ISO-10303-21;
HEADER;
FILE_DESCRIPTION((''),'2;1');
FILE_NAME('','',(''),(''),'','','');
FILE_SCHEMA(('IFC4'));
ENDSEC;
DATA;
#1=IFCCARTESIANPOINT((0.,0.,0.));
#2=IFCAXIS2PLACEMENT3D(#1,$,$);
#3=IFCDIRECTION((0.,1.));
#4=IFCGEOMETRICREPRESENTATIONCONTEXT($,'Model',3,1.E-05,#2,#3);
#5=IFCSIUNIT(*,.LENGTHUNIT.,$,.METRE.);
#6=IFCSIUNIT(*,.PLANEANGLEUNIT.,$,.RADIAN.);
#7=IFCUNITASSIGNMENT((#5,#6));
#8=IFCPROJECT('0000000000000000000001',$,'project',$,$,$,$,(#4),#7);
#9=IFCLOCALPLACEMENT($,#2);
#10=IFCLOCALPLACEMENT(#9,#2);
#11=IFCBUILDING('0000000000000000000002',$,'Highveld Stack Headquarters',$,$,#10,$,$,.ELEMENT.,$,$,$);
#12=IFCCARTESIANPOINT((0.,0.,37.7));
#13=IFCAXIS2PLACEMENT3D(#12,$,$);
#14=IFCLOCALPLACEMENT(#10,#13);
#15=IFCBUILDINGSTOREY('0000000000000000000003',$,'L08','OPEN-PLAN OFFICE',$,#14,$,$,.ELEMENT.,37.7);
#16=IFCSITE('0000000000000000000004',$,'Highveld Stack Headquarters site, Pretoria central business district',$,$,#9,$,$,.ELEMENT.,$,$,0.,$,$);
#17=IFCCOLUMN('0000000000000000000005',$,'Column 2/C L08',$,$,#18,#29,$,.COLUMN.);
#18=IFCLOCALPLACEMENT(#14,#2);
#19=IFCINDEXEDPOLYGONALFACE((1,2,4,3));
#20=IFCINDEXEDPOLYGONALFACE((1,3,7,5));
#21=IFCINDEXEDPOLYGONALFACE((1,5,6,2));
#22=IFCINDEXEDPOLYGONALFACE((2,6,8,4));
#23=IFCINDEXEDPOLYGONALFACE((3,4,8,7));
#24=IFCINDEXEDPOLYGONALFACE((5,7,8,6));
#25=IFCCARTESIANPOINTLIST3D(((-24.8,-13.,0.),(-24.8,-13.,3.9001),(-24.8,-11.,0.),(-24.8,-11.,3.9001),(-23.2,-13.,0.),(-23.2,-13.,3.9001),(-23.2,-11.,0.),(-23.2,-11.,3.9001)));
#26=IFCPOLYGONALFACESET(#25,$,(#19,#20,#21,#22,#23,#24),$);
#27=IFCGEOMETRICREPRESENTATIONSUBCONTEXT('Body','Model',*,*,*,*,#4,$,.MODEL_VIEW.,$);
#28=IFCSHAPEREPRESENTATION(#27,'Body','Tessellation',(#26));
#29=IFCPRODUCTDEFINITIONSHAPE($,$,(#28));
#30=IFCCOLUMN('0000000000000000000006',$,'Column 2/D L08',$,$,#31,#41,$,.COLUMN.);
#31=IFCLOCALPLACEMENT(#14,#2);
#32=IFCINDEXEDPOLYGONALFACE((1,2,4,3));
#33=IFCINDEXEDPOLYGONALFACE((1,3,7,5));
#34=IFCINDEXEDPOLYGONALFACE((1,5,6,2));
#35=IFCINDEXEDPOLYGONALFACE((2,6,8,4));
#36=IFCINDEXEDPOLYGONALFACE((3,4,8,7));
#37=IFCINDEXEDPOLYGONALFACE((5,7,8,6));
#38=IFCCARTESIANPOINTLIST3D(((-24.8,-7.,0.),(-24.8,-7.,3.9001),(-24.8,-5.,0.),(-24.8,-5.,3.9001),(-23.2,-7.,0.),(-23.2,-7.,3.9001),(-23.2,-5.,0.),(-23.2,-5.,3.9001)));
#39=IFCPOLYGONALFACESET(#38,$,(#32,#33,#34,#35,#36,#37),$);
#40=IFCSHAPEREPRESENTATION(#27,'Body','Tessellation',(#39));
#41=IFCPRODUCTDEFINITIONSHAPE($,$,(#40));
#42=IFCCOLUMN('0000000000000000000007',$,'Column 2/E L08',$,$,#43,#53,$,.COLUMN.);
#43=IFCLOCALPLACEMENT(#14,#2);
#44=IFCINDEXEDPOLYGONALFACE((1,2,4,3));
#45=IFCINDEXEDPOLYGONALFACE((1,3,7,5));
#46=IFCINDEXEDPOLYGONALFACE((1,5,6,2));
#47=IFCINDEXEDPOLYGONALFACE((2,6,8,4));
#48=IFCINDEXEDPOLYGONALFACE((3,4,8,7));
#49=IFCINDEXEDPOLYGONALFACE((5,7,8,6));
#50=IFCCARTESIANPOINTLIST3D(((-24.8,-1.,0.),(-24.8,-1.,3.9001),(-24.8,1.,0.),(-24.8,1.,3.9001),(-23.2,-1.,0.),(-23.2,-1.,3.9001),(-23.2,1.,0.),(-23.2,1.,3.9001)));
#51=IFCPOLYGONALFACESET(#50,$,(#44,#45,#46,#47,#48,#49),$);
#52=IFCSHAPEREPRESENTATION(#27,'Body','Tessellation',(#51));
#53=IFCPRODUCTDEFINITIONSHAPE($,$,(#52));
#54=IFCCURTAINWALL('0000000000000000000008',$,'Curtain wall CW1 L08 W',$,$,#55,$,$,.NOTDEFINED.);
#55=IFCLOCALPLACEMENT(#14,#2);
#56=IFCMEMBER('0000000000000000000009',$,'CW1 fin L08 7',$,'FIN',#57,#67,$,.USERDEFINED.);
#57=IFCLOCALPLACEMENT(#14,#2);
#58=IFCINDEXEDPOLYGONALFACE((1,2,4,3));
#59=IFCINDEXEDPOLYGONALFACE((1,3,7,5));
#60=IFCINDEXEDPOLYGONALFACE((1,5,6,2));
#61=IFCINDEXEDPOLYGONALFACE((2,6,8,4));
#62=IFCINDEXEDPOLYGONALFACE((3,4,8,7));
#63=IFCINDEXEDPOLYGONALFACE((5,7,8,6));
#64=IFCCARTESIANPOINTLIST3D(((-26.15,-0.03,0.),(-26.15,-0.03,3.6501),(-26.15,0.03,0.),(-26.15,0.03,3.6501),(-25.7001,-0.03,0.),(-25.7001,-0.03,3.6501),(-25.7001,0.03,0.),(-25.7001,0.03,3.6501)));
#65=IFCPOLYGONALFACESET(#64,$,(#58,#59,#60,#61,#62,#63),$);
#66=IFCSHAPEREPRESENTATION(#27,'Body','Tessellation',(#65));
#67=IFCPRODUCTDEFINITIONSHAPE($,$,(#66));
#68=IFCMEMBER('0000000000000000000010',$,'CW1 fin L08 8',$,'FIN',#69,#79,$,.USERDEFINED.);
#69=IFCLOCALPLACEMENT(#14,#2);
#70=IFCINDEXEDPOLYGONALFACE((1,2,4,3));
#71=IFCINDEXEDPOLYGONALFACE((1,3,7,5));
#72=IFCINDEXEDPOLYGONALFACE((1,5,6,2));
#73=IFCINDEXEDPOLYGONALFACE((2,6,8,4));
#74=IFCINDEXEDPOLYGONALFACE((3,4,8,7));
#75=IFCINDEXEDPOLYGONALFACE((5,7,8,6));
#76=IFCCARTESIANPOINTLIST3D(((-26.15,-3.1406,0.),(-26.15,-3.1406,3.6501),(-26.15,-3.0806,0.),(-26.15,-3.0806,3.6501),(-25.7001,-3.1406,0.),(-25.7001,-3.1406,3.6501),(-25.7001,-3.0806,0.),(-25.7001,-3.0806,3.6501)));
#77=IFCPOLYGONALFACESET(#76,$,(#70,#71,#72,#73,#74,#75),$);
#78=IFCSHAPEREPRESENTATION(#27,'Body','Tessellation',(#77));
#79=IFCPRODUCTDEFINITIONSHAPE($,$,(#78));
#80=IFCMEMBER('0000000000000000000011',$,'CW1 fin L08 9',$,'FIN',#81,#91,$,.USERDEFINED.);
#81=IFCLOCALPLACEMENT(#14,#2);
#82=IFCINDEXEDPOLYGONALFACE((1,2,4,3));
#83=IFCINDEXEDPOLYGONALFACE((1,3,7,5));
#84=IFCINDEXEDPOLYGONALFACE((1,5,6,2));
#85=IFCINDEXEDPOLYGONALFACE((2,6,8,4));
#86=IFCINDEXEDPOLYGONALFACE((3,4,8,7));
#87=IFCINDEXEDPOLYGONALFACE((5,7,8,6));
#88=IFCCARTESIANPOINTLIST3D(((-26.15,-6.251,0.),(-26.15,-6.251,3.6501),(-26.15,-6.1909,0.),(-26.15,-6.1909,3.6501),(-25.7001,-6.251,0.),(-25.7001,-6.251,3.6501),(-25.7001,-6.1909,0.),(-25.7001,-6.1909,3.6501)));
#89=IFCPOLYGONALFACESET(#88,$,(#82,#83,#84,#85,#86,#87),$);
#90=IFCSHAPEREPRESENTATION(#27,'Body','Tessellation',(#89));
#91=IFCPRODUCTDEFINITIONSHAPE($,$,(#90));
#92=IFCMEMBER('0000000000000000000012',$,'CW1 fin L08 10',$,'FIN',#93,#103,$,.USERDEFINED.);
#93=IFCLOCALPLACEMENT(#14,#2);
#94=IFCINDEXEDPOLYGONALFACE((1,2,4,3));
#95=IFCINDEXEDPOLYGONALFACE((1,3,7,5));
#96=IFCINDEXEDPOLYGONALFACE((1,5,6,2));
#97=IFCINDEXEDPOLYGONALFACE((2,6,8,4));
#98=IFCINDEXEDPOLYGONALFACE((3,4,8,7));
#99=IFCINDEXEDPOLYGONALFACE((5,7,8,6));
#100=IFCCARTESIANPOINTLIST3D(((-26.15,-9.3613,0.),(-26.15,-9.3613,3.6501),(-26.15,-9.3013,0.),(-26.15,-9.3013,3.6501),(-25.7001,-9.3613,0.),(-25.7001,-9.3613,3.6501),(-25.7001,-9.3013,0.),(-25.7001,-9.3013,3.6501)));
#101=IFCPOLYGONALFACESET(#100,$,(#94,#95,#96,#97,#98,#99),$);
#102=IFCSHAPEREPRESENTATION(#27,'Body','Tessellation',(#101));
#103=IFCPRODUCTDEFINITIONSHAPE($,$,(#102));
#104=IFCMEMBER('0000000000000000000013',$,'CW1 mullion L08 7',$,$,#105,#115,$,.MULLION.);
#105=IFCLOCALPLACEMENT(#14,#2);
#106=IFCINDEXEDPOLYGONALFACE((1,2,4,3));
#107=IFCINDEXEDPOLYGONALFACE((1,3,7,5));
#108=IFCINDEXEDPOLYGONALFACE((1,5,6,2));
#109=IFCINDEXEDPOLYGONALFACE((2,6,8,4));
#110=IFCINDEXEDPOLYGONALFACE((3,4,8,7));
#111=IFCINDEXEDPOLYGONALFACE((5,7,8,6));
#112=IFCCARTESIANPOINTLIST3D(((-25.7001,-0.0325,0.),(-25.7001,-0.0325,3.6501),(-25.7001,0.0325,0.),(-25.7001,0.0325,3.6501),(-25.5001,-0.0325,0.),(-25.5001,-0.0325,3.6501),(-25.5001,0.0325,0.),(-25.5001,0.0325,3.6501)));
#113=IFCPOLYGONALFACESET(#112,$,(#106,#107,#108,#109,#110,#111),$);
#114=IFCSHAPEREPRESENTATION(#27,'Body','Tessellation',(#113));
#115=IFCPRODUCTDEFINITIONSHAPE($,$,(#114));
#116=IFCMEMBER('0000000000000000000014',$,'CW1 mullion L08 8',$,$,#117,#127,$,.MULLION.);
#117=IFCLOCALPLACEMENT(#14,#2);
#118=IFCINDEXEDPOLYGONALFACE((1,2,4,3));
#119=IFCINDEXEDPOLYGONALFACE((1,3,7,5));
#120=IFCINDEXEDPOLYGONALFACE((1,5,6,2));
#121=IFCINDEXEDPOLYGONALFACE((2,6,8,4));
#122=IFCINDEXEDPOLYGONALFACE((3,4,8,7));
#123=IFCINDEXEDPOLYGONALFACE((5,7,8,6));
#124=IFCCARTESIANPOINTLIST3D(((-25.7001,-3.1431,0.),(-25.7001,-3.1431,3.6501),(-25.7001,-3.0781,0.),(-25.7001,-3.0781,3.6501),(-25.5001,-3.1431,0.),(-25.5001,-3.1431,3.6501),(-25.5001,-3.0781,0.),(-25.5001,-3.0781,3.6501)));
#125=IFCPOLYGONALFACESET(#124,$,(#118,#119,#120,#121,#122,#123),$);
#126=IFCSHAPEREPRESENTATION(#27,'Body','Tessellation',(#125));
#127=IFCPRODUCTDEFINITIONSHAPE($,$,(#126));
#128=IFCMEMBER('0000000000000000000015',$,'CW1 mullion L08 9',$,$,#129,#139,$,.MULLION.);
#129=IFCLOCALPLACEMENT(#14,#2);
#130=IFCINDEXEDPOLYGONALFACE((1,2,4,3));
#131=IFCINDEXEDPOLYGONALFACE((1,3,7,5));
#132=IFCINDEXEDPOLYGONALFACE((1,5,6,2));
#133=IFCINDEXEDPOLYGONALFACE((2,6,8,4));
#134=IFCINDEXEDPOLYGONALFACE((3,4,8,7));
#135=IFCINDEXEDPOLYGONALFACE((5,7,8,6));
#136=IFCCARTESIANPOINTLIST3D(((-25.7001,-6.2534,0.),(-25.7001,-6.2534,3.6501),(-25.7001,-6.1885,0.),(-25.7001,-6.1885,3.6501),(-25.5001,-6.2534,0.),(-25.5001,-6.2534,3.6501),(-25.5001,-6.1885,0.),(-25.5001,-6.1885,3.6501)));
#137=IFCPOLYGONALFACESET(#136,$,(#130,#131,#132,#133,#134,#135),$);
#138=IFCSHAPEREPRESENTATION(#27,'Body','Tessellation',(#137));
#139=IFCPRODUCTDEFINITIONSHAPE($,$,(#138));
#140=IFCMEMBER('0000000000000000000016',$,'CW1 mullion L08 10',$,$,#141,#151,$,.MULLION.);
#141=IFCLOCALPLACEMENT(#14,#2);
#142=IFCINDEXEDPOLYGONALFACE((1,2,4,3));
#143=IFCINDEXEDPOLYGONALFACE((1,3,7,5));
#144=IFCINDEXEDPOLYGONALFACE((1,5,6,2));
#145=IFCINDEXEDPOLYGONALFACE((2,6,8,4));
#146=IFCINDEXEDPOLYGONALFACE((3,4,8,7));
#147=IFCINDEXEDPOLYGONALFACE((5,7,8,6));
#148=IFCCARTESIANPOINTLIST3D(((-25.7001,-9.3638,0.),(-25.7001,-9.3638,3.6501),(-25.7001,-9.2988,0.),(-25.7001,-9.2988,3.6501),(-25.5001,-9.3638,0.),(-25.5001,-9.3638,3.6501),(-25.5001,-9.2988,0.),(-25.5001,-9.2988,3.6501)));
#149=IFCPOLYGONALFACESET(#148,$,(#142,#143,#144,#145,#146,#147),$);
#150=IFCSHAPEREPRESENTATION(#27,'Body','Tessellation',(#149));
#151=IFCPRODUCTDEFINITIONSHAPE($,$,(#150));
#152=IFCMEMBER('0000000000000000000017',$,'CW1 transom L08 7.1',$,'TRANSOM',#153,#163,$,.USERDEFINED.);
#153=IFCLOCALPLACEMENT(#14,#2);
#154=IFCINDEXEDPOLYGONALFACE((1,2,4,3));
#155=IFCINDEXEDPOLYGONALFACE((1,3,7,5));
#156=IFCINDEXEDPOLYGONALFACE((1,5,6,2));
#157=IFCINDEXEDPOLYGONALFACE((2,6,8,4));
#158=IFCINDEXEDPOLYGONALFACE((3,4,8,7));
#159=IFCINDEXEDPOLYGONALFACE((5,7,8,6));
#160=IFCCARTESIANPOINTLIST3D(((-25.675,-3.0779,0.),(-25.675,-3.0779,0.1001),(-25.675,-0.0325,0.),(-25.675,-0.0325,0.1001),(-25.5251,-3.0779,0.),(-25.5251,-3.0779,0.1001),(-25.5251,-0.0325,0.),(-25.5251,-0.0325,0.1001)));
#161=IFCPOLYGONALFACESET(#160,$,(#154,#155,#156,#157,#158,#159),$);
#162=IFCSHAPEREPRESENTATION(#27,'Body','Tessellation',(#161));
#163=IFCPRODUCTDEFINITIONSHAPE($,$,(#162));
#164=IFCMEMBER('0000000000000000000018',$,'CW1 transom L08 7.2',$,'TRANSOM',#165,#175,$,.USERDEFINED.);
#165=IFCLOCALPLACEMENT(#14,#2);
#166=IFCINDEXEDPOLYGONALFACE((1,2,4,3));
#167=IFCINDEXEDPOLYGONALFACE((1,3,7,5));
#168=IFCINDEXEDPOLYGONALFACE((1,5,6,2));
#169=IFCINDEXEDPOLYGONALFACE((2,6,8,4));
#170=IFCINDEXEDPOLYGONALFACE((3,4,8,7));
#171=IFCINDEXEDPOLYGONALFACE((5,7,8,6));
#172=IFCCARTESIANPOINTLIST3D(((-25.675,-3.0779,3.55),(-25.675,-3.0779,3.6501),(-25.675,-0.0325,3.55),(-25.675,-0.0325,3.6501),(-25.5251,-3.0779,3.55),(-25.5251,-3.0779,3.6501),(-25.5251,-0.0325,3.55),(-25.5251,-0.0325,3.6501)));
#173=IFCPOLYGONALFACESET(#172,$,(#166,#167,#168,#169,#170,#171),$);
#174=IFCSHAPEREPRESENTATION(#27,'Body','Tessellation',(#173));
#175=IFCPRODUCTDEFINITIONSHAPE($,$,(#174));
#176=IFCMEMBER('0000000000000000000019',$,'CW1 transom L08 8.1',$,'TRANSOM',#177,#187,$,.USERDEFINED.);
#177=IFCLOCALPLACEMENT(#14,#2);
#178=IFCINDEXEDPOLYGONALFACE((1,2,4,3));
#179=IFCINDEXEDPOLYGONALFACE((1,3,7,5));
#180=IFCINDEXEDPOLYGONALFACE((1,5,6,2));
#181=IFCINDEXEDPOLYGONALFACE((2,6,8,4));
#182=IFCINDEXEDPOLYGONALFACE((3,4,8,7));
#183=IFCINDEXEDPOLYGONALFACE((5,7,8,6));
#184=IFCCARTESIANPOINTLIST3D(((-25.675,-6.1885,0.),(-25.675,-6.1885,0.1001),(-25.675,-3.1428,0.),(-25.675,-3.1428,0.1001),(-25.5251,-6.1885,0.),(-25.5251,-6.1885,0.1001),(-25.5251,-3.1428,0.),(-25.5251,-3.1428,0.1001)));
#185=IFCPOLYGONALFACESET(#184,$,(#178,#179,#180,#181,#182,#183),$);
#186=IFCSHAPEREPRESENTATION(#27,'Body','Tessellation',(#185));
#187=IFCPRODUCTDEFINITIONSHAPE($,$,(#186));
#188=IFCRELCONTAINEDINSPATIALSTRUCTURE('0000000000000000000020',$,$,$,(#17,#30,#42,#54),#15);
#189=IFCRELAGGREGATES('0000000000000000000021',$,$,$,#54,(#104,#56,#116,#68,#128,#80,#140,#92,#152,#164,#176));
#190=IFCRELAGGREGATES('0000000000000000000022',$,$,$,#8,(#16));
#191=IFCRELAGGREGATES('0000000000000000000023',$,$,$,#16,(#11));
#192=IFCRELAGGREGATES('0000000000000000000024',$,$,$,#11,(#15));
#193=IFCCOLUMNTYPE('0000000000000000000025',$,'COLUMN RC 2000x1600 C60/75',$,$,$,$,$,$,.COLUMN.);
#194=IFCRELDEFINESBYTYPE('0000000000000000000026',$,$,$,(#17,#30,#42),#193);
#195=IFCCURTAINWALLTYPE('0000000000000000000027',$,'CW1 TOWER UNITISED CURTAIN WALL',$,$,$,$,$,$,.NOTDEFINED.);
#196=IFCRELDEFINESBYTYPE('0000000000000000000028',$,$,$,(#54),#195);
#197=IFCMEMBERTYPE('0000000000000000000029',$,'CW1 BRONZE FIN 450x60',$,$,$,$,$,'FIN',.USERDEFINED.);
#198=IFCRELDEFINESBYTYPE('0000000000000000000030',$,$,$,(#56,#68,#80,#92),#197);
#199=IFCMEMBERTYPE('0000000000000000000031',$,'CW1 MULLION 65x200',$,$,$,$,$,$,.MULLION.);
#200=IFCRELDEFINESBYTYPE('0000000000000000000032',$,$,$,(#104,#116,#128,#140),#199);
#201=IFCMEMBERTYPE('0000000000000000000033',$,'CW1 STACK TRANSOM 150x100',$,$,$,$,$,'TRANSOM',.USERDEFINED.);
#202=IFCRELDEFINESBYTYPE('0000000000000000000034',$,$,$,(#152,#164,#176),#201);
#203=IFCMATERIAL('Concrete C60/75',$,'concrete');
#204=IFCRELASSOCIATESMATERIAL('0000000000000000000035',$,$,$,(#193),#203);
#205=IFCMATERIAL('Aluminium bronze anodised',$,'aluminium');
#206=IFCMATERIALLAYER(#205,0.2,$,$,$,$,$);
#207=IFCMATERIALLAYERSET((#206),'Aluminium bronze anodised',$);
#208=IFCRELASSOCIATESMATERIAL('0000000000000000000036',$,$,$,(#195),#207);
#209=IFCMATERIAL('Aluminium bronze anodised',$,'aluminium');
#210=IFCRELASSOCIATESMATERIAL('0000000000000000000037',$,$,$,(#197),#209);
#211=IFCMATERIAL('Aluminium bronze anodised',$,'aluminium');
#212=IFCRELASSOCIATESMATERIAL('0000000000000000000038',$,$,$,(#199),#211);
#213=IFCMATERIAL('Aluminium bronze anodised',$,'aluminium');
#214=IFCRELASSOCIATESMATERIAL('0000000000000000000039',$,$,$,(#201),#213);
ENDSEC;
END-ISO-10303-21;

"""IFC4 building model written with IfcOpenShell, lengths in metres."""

from ifc_helpers import new_model, si_unit, direction, frame, origin, origin_2d, place, context, subcontext, project, spatial, rectangle, extrude, material, layer, layer_set, material_profile, profile_set, type_object, element, aggregate, save


model = new_model("IFC4")

# Units and contexts
model_context = context("Model", 3, precision=1e-05, world=origin(), true_north=direction((0.0, 1.0)))
body_context = subcontext(model_context, "Body", "Model", "MODEL_VIEW")
ifc_project = project(units=[si_unit("LENGTHUNIT", "METRE"), si_unit("PLANEANGLEUNIT", "RADIAN")], contexts=[model_context])

# Site, building, storey
site_placement = place(None, origin())
site = spatial("IfcSite", under=ifc_project, at=site_placement, Name="Highveld Stack Headquarters site, Pretoria central business district", CompositionType="ELEMENT", RefElevation=0.0)
building_placement = place(site_placement, origin())
building = spatial("IfcBuilding", under=site, at=building_placement, Name="Highveld Stack Headquarters", CompositionType="ELEMENT")
storey_placement = place(building_placement, frame((0.0, 0.0, 37.7)))
storey = spatial("IfcBuildingStorey", under=building, at=storey_placement, Name="L08", Description="OPEN-PLAN OFFICE", CompositionType="ELEMENT", Elevation=37.7)

# Columns
ifc_material_1 = material(Name="Concrete C60/75", Category="concrete")
ifc_material_profile_1 = material_profile(ifc_material_1, rectangle(XDim=2.0, YDim=1.6001, at=origin_2d()), Name="RC 2000x1600")
ifc_profile_set_1 = profile_set([ifc_material_profile_1], Name="Concrete C60/75")
column_type = type_object("IfcColumnType", Name="COLUMN RC 2000x1600 C60/75", PredefinedType="COLUMN", material=ifc_profile_set_1)
for number, where, z_axis, x_axis, name in (
    (1, (-24.0, -12.0, 0.0), (0.0, 0.0, 1.0), (0.0, 1.0, 0.0), "Column 2/C L08"),
    (2, (-24.0, -6.0, 0.0), (0.0, 0.0, 1.0), (0.0, 1.0, 0.0), "Column 2/D L08"),
    (3, (-24.0, 0.0, 0.0), (0.0, 0.0, 1.0), (0.0, 1.0, 0.0), "Column 2/E L08"),
):
    element("IfcColumn", number, at=place(storey_placement, frame(where, z_axis=z_axis, x_axis=x_axis)), inside=storey, type_object=column_type, Name=name, PredefinedType="COLUMN", context=body_context, shape_type="SweptSolid", body=[
        extrude(rectangle(XDim=2.0, YDim=1.6001, at=origin_2d()), origin(), (0.0, 0.0, 1.0), 3.9001),
    ])

# Curtain wall, members
ifc_material_2 = material(Name="Aluminium bronze anodised", Category="aluminium")
ifc_layer_1 = layer(ifc_material_2, 0.2)
ifc_layer_set_1 = layer_set([ifc_layer_1], Name="Aluminium bronze anodised")
curtain_wall_type = type_object("IfcCurtainWallType", Name="CW1 TOWER UNITISED CURTAIN WALL", PredefinedType="NOTDEFINED", material=ifc_layer_set_1)
curtain_wall_placement = place(storey_placement, origin())
curtain_wall = element("IfcCurtainWall", 4, at=curtain_wall_placement, inside=storey, type_object=curtain_wall_type, Name="Curtain wall CW1 L08 W", PredefinedType="NOTDEFINED")
ifc_material_3 = material(Name="Aluminium bronze anodised", Category="aluminium")
ifc_material_profile_2 = material_profile(ifc_material_3, rectangle(XDim=0.45, YDim=0.0601, at=origin_2d()), Name="FIN 450x60")
ifc_profile_set_2 = profile_set([ifc_material_profile_2], Name="Aluminium bronze anodised")
member_type_1 = type_object("IfcMemberType", Name="CW1 BRONZE FIN 450x60", ElementType="FIN", PredefinedType="USERDEFINED", material=ifc_profile_set_2)
member_1_placement = place(storey_placement, frame((-25.925, 0.0, 0.0), z_axis=(0.0, 0.0, 1.0), x_axis=(1.0, 0.0, 0.0)))
member_1 = element("IfcMember", 5, at=member_1_placement, type_object=member_type_1, Name="CW1 fin L08 7", ObjectType="FIN", PredefinedType="USERDEFINED", context=body_context, shape_type="SweptSolid", body=[
    extrude(rectangle(XDim=0.45, YDim=0.0601, at=origin_2d()), origin(), (0.0, 0.0, 1.0), 3.6501),
])
member_2_placement = place(storey_placement, frame((-25.925, -3.1106, 0.0), z_axis=(0.0, 0.0, 1.0), x_axis=(1.0, 0.0, 0.0)))
member_2 = element("IfcMember", 6, at=member_2_placement, type_object=member_type_1, Name="CW1 fin L08 8", ObjectType="FIN", PredefinedType="USERDEFINED", context=body_context, shape_type="SweptSolid", body=[
    extrude(rectangle(XDim=0.45, YDim=0.0601, at=origin_2d()), origin(), (0.0, 0.0, 1.0), 3.6501),
])
member_3_placement = place(storey_placement, frame((-25.925, -6.2209, 0.0), z_axis=(0.0, 0.0, 1.0), x_axis=(1.0, 0.0, 0.0)))
member_3 = element("IfcMember", 7, at=member_3_placement, type_object=member_type_1, Name="CW1 fin L08 9", ObjectType="FIN", PredefinedType="USERDEFINED", context=body_context, shape_type="SweptSolid", body=[
    extrude(rectangle(XDim=0.45, YDim=0.0601, at=origin_2d()), origin(), (0.0, 0.0, 1.0), 3.6501),
])
member_4_placement = place(storey_placement, frame((-25.925, -9.3313, 0.0), z_axis=(0.0, 0.0, 1.0), x_axis=(1.0, 0.0, 0.0)))
member_4 = element("IfcMember", 8, at=member_4_placement, type_object=member_type_1, Name="CW1 fin L08 10", ObjectType="FIN", PredefinedType="USERDEFINED", context=body_context, shape_type="SweptSolid", body=[
    extrude(rectangle(XDim=0.45, YDim=0.0601, at=origin_2d()), origin(), (0.0, 0.0, 1.0), 3.6501),
])
ifc_material_4 = material(Name="Aluminium bronze anodised", Category="aluminium")
ifc_material_profile_3 = material_profile(ifc_material_4, rectangle(XDim=0.2, YDim=0.0649, at=origin_2d()), Name="CW1 MULLION 65x200")
ifc_profile_set_3 = profile_set([ifc_material_profile_3], Name="Aluminium bronze anodised")
member_type_2 = type_object("IfcMemberType", Name="CW1 MULLION 65x200", PredefinedType="MULLION", material=ifc_profile_set_3)
member_5_placement = place(storey_placement, frame((-25.6001, 0.0, 0.0), z_axis=(0.0, 0.0, 1.0), x_axis=(1.0, 0.0, 0.0)))
member_5 = element("IfcMember", 9, at=member_5_placement, type_object=member_type_2, Name="CW1 mullion L08 7", PredefinedType="MULLION", context=body_context, shape_type="SweptSolid", body=[
    extrude(rectangle(XDim=0.2, YDim=0.0649, at=origin_2d()), origin(), (0.0, 0.0, 1.0), 3.6501),
])
member_6_placement = place(storey_placement, frame((-25.6001, -3.1106, 0.0), z_axis=(0.0, 0.0, 1.0), x_axis=(1.0, 0.0, 0.0)))
member_6 = element("IfcMember", 10, at=member_6_placement, type_object=member_type_2, Name="CW1 mullion L08 8", PredefinedType="MULLION", context=body_context, shape_type="SweptSolid", body=[
    extrude(rectangle(XDim=0.2, YDim=0.0649, at=origin_2d()), origin(), (0.0, 0.0, 1.0), 3.6501),
])
member_7_placement = place(storey_placement, frame((-25.6001, -6.2209, 0.0), z_axis=(0.0, 0.0, 1.0), x_axis=(1.0, 0.0, 0.0)))
member_7 = element("IfcMember", 11, at=member_7_placement, type_object=member_type_2, Name="CW1 mullion L08 9", PredefinedType="MULLION", context=body_context, shape_type="SweptSolid", body=[
    extrude(rectangle(XDim=0.2, YDim=0.0649, at=origin_2d()), origin(), (0.0, 0.0, 1.0), 3.6501),
])
member_8_placement = place(storey_placement, frame((-25.6001, -9.3313, 0.0), z_axis=(0.0, 0.0, 1.0), x_axis=(1.0, 0.0, 0.0)))
member_8 = element("IfcMember", 12, at=member_8_placement, type_object=member_type_2, Name="CW1 mullion L08 10", PredefinedType="MULLION", context=body_context, shape_type="SweptSolid", body=[
    extrude(rectangle(XDim=0.2, YDim=0.0649, at=origin_2d()), origin(), (0.0, 0.0, 1.0), 3.6501),
])
ifc_material_5 = material(Name="Aluminium bronze anodised", Category="aluminium")
ifc_material_profile_4 = material_profile(ifc_material_5, rectangle(XDim=0.1499, YDim=0.1001, at=origin_2d()), Name="CW1 TRANSOM 150x100")
ifc_profile_set_4 = profile_set([ifc_material_profile_4], Name="Aluminium bronze anodised")
member_type_3 = type_object("IfcMemberType", Name="CW1 STACK TRANSOM 150x100", ElementType="TRANSOM", PredefinedType="USERDEFINED", material=ifc_profile_set_4)
member_9_placement = place(storey_placement, frame((-25.6001, -0.0325, 0.05), z_axis=(0.0, -1.0, 0.0), x_axis=(1.0, 0.0, 0.0)))
member_9 = element("IfcMember", 13, at=member_9_placement, type_object=member_type_3, Name="CW1 transom L08 7.1", ObjectType="TRANSOM", PredefinedType="USERDEFINED", context=body_context, shape_type="SweptSolid", body=[
    extrude(rectangle(XDim=0.1499, YDim=0.1001, at=origin_2d()), origin(), (0.0, 0.0, 1.0), 3.0454),
])
member_10_placement = place(storey_placement, frame((-25.6001, -0.0325, 3.6001), z_axis=(0.0, -1.0, 0.0), x_axis=(1.0, 0.0, 0.0)))
member_10 = element("IfcMember", 14, at=member_10_placement, type_object=member_type_3, Name="CW1 transom L08 7.2", ObjectType="TRANSOM", PredefinedType="USERDEFINED", context=body_context, shape_type="SweptSolid", body=[
    extrude(rectangle(XDim=0.1499, YDim=0.1001, at=origin_2d()), origin(), (0.0, 0.0, 1.0), 3.0454),
])
member_11_placement = place(storey_placement, frame((-25.6001, -3.1428, 0.05), z_axis=(0.0, -1.0, 0.0), x_axis=(1.0, 0.0, 0.0)))
member_11 = element("IfcMember", 15, at=member_11_placement, type_object=member_type_3, Name="CW1 transom L08 8.1", ObjectType="TRANSOM", PredefinedType="USERDEFINED", context=body_context, shape_type="SweptSolid", body=[
    extrude(rectangle(XDim=0.1499, YDim=0.1001, at=origin_2d()), origin(), (0.0, 0.0, 1.0), 3.0457),
])
aggregate(curtain_wall, [member_5, member_1, member_6, member_2, member_7, member_3, member_8, member_4, member_9, member_10, member_11])

save(model, "model.ifc")
